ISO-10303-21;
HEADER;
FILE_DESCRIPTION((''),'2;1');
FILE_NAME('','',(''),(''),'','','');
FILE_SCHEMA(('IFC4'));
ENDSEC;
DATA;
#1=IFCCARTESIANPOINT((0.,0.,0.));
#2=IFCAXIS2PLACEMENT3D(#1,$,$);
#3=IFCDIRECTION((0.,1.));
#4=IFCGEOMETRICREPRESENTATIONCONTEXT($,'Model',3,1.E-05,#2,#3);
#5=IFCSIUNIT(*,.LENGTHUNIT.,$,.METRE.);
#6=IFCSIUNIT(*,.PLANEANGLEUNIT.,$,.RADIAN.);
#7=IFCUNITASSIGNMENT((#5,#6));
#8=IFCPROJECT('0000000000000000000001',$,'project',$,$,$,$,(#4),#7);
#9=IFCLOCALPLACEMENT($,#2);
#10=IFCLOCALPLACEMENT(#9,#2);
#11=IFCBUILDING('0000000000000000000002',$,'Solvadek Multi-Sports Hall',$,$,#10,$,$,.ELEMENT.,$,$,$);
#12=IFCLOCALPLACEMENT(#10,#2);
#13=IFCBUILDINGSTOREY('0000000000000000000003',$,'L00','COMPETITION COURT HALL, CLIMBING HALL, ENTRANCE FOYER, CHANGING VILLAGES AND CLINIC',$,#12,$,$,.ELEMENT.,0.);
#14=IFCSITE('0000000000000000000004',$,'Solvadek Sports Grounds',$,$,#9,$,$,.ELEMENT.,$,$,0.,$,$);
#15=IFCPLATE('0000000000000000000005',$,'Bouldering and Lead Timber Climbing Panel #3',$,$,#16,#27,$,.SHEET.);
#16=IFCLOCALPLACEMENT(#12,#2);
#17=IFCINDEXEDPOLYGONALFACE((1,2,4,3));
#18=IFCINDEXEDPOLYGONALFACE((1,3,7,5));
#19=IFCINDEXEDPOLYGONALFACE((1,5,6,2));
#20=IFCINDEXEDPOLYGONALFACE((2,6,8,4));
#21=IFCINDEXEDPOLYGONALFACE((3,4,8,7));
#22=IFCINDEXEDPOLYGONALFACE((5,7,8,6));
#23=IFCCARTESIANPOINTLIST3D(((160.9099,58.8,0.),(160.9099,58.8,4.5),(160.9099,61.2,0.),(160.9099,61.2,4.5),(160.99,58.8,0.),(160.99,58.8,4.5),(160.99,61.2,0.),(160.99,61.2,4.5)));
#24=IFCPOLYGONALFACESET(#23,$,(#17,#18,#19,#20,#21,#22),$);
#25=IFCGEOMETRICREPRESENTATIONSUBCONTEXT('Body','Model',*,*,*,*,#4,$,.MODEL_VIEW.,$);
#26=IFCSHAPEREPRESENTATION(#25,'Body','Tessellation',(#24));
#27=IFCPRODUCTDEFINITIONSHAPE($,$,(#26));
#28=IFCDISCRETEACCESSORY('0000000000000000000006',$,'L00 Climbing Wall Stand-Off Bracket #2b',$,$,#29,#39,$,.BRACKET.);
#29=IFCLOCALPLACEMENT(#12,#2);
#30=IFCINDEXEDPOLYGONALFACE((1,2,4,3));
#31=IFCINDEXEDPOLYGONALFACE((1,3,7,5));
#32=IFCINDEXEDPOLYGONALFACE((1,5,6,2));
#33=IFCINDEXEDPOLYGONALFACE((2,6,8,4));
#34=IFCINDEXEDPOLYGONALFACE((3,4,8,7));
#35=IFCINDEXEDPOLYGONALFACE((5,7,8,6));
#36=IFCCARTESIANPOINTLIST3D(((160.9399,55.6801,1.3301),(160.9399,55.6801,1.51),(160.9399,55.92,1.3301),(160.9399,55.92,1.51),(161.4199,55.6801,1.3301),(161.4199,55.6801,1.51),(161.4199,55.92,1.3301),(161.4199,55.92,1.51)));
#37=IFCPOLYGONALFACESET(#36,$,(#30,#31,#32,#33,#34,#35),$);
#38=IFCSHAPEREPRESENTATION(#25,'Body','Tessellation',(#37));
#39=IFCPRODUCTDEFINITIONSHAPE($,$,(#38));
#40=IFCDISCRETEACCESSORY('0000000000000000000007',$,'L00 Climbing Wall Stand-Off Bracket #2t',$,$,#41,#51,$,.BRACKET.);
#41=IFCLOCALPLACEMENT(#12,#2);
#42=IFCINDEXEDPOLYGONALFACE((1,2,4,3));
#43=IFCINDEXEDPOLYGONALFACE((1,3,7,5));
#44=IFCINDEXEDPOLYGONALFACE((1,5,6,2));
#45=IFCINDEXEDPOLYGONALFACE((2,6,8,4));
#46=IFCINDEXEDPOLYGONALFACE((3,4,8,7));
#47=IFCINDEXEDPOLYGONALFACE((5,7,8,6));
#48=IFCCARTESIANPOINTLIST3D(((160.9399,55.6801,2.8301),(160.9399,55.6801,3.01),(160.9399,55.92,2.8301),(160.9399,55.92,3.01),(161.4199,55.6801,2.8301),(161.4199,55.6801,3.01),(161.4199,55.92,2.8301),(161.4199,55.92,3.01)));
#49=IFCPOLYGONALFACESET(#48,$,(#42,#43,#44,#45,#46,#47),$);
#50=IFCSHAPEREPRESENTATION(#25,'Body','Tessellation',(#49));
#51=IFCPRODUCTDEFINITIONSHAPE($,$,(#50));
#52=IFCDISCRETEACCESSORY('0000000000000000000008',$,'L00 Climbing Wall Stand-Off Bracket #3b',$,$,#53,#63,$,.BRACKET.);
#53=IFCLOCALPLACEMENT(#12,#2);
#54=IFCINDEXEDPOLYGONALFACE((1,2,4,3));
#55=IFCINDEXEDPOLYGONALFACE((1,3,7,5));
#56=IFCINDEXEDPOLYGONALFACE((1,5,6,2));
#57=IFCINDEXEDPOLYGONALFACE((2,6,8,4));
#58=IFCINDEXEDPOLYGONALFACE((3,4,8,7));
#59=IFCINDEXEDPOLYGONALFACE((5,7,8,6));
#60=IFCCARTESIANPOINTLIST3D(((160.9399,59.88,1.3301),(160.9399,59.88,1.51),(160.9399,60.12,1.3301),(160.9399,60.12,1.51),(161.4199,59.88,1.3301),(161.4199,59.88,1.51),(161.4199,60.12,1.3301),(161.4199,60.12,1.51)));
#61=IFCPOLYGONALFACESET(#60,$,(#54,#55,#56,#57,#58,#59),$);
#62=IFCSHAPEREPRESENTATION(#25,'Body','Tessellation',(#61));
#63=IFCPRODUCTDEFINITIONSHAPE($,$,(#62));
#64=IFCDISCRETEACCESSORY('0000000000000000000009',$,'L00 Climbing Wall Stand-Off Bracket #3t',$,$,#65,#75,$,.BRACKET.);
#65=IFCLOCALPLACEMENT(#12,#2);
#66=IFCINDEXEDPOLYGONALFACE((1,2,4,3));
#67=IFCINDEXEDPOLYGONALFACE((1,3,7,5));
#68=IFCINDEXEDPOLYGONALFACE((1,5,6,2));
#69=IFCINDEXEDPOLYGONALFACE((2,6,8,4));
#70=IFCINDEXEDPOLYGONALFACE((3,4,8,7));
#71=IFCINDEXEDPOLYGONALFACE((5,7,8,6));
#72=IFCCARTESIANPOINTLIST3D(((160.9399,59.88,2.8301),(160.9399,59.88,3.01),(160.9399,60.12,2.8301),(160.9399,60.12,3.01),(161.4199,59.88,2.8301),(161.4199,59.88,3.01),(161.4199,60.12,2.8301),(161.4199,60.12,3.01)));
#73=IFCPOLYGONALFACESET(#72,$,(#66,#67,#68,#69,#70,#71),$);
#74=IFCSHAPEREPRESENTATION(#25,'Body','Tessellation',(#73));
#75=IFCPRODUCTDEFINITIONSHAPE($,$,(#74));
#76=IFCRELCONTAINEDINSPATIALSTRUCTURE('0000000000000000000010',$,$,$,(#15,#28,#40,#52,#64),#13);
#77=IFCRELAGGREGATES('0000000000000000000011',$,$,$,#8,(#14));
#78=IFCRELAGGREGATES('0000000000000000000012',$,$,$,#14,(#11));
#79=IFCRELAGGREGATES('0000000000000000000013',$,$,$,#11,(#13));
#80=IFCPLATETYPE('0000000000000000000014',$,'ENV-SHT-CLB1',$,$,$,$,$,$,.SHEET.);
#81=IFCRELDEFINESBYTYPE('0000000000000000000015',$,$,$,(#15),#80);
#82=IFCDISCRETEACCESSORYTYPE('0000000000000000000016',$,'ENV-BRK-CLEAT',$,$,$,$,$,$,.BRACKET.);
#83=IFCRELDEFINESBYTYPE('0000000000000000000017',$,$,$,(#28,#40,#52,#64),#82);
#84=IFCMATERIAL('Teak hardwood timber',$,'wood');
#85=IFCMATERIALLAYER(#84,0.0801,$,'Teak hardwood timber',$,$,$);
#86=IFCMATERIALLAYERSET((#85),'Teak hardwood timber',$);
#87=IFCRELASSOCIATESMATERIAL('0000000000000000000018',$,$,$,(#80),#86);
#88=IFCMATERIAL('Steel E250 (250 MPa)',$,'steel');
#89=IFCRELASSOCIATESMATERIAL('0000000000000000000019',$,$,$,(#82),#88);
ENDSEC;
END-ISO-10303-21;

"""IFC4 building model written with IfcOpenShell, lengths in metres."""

from ifc_helpers import new_model, si_unit, direction, frame, origin, origin_2d, place, context, subcontext, project, spatial, rectangle, extrude, material, layer, layer_set, type_object, element, save


model = new_model("IFC4")

# Units and contexts
model_context = context("Model", 3, precision=1e-05, world=origin(), true_north=direction((0.0, 1.0)))
body_context = subcontext(model_context, "Body", "Model", "MODEL_VIEW")
ifc_project = project(units=[si_unit("LENGTHUNIT", "METRE"), si_unit("PLANEANGLEUNIT", "RADIAN")], contexts=[model_context])

# Site, building, storey
site_placement = place(None, origin())
site = spatial("IfcSite", under=ifc_project, at=site_placement, Name="Solvadek Sports Grounds", CompositionType="ELEMENT", RefElevation=0.0)
building_placement = place(site_placement, origin())
building = spatial("IfcBuilding", under=site, at=building_placement, Name="Solvadek Multi-Sports Hall", CompositionType="ELEMENT")
storey_placement = place(building_placement, origin())
storey = spatial("IfcBuildingStorey", under=building, at=storey_placement, Name="L00", Description="COMPETITION COURT HALL, CLIMBING HALL, ENTRANCE FOYER, CHANGING VILLAGES AND CLINIC", CompositionType="ELEMENT", Elevation=0.0)

# Plate
ifc_material_1 = material(Name="Teak hardwood timber", Category="wood")
ifc_layer_1 = layer(ifc_material_1, 0.0801, Name="Teak hardwood timber")
ifc_layer_set_1 = layer_set([ifc_layer_1], Name="Teak hardwood timber")
plate_type_1 = type_object("IfcPlateType", Name="ENV-SHT-CLB1", PredefinedType="SHEET", material=ifc_layer_set_1)
for number, where, z_axis, x_axis, name in (
    (1, (160.95, 60.0, 0.0), (0.0, 0.0, 1.0), (0.0, 1.0, 0.0), "Bouldering and Lead Timber Climbing Panel #3"),
):
    element("IfcPlate", number, at=place(storey_placement, frame(where, z_axis=z_axis, x_axis=x_axis)), inside=storey, type_object=plate_type_1, Name=name, PredefinedType="SHEET", context=body_context, shape_type="SweptSolid", body=[
        extrude(rectangle(XDim=2.3999, YDim=0.0801, at=origin_2d()), origin(), (0.0, 0.0, 1.0), 4.5),
    ])

# Discrete accessories
ifc_material_2 = material(Name="Steel E250 (250 MPa)", Category="steel")
discrete_accessory_type = type_object("IfcDiscreteAccessoryType", Name="ENV-BRK-CLEAT", PredefinedType="BRACKET", material=ifc_material_2)
for number, where, z_axis, x_axis, name in (
    (2, (161.1799, 55.8, 1.3301), (0.0, 0.0, 1.0), (1.0, 0.0, 0.0), "L00 Climbing Wall Stand-Off Bracket #2b"),
    (3, (161.1799, 55.8, 2.8301), (0.0, 0.0, 1.0), (1.0, 0.0, 0.0), "L00 Climbing Wall Stand-Off Bracket #2t"),
    (4, (161.1799, 60.0, 1.3301), (0.0, 0.0, 1.0), (1.0, 0.0, 0.0), "L00 Climbing Wall Stand-Off Bracket #3b"),
    (5, (161.1799, 60.0, 2.8301), (0.0, 0.0, 1.0), (1.0, 0.0, 0.0), "L00 Climbing Wall Stand-Off Bracket #3t"),
):
    element("IfcDiscreteAccessory", number, at=place(storey_placement, frame(where, z_axis=z_axis, x_axis=x_axis)), inside=storey, type_object=discrete_accessory_type, Name=name, PredefinedType="BRACKET", context=body_context, shape_type="SweptSolid", body=[
        extrude(rectangle(XDim=0.48, YDim=0.24, at=origin_2d()), origin(), (0.0, 0.0, 1.0), 0.1799),
    ])

save(model, "model.ifc")
